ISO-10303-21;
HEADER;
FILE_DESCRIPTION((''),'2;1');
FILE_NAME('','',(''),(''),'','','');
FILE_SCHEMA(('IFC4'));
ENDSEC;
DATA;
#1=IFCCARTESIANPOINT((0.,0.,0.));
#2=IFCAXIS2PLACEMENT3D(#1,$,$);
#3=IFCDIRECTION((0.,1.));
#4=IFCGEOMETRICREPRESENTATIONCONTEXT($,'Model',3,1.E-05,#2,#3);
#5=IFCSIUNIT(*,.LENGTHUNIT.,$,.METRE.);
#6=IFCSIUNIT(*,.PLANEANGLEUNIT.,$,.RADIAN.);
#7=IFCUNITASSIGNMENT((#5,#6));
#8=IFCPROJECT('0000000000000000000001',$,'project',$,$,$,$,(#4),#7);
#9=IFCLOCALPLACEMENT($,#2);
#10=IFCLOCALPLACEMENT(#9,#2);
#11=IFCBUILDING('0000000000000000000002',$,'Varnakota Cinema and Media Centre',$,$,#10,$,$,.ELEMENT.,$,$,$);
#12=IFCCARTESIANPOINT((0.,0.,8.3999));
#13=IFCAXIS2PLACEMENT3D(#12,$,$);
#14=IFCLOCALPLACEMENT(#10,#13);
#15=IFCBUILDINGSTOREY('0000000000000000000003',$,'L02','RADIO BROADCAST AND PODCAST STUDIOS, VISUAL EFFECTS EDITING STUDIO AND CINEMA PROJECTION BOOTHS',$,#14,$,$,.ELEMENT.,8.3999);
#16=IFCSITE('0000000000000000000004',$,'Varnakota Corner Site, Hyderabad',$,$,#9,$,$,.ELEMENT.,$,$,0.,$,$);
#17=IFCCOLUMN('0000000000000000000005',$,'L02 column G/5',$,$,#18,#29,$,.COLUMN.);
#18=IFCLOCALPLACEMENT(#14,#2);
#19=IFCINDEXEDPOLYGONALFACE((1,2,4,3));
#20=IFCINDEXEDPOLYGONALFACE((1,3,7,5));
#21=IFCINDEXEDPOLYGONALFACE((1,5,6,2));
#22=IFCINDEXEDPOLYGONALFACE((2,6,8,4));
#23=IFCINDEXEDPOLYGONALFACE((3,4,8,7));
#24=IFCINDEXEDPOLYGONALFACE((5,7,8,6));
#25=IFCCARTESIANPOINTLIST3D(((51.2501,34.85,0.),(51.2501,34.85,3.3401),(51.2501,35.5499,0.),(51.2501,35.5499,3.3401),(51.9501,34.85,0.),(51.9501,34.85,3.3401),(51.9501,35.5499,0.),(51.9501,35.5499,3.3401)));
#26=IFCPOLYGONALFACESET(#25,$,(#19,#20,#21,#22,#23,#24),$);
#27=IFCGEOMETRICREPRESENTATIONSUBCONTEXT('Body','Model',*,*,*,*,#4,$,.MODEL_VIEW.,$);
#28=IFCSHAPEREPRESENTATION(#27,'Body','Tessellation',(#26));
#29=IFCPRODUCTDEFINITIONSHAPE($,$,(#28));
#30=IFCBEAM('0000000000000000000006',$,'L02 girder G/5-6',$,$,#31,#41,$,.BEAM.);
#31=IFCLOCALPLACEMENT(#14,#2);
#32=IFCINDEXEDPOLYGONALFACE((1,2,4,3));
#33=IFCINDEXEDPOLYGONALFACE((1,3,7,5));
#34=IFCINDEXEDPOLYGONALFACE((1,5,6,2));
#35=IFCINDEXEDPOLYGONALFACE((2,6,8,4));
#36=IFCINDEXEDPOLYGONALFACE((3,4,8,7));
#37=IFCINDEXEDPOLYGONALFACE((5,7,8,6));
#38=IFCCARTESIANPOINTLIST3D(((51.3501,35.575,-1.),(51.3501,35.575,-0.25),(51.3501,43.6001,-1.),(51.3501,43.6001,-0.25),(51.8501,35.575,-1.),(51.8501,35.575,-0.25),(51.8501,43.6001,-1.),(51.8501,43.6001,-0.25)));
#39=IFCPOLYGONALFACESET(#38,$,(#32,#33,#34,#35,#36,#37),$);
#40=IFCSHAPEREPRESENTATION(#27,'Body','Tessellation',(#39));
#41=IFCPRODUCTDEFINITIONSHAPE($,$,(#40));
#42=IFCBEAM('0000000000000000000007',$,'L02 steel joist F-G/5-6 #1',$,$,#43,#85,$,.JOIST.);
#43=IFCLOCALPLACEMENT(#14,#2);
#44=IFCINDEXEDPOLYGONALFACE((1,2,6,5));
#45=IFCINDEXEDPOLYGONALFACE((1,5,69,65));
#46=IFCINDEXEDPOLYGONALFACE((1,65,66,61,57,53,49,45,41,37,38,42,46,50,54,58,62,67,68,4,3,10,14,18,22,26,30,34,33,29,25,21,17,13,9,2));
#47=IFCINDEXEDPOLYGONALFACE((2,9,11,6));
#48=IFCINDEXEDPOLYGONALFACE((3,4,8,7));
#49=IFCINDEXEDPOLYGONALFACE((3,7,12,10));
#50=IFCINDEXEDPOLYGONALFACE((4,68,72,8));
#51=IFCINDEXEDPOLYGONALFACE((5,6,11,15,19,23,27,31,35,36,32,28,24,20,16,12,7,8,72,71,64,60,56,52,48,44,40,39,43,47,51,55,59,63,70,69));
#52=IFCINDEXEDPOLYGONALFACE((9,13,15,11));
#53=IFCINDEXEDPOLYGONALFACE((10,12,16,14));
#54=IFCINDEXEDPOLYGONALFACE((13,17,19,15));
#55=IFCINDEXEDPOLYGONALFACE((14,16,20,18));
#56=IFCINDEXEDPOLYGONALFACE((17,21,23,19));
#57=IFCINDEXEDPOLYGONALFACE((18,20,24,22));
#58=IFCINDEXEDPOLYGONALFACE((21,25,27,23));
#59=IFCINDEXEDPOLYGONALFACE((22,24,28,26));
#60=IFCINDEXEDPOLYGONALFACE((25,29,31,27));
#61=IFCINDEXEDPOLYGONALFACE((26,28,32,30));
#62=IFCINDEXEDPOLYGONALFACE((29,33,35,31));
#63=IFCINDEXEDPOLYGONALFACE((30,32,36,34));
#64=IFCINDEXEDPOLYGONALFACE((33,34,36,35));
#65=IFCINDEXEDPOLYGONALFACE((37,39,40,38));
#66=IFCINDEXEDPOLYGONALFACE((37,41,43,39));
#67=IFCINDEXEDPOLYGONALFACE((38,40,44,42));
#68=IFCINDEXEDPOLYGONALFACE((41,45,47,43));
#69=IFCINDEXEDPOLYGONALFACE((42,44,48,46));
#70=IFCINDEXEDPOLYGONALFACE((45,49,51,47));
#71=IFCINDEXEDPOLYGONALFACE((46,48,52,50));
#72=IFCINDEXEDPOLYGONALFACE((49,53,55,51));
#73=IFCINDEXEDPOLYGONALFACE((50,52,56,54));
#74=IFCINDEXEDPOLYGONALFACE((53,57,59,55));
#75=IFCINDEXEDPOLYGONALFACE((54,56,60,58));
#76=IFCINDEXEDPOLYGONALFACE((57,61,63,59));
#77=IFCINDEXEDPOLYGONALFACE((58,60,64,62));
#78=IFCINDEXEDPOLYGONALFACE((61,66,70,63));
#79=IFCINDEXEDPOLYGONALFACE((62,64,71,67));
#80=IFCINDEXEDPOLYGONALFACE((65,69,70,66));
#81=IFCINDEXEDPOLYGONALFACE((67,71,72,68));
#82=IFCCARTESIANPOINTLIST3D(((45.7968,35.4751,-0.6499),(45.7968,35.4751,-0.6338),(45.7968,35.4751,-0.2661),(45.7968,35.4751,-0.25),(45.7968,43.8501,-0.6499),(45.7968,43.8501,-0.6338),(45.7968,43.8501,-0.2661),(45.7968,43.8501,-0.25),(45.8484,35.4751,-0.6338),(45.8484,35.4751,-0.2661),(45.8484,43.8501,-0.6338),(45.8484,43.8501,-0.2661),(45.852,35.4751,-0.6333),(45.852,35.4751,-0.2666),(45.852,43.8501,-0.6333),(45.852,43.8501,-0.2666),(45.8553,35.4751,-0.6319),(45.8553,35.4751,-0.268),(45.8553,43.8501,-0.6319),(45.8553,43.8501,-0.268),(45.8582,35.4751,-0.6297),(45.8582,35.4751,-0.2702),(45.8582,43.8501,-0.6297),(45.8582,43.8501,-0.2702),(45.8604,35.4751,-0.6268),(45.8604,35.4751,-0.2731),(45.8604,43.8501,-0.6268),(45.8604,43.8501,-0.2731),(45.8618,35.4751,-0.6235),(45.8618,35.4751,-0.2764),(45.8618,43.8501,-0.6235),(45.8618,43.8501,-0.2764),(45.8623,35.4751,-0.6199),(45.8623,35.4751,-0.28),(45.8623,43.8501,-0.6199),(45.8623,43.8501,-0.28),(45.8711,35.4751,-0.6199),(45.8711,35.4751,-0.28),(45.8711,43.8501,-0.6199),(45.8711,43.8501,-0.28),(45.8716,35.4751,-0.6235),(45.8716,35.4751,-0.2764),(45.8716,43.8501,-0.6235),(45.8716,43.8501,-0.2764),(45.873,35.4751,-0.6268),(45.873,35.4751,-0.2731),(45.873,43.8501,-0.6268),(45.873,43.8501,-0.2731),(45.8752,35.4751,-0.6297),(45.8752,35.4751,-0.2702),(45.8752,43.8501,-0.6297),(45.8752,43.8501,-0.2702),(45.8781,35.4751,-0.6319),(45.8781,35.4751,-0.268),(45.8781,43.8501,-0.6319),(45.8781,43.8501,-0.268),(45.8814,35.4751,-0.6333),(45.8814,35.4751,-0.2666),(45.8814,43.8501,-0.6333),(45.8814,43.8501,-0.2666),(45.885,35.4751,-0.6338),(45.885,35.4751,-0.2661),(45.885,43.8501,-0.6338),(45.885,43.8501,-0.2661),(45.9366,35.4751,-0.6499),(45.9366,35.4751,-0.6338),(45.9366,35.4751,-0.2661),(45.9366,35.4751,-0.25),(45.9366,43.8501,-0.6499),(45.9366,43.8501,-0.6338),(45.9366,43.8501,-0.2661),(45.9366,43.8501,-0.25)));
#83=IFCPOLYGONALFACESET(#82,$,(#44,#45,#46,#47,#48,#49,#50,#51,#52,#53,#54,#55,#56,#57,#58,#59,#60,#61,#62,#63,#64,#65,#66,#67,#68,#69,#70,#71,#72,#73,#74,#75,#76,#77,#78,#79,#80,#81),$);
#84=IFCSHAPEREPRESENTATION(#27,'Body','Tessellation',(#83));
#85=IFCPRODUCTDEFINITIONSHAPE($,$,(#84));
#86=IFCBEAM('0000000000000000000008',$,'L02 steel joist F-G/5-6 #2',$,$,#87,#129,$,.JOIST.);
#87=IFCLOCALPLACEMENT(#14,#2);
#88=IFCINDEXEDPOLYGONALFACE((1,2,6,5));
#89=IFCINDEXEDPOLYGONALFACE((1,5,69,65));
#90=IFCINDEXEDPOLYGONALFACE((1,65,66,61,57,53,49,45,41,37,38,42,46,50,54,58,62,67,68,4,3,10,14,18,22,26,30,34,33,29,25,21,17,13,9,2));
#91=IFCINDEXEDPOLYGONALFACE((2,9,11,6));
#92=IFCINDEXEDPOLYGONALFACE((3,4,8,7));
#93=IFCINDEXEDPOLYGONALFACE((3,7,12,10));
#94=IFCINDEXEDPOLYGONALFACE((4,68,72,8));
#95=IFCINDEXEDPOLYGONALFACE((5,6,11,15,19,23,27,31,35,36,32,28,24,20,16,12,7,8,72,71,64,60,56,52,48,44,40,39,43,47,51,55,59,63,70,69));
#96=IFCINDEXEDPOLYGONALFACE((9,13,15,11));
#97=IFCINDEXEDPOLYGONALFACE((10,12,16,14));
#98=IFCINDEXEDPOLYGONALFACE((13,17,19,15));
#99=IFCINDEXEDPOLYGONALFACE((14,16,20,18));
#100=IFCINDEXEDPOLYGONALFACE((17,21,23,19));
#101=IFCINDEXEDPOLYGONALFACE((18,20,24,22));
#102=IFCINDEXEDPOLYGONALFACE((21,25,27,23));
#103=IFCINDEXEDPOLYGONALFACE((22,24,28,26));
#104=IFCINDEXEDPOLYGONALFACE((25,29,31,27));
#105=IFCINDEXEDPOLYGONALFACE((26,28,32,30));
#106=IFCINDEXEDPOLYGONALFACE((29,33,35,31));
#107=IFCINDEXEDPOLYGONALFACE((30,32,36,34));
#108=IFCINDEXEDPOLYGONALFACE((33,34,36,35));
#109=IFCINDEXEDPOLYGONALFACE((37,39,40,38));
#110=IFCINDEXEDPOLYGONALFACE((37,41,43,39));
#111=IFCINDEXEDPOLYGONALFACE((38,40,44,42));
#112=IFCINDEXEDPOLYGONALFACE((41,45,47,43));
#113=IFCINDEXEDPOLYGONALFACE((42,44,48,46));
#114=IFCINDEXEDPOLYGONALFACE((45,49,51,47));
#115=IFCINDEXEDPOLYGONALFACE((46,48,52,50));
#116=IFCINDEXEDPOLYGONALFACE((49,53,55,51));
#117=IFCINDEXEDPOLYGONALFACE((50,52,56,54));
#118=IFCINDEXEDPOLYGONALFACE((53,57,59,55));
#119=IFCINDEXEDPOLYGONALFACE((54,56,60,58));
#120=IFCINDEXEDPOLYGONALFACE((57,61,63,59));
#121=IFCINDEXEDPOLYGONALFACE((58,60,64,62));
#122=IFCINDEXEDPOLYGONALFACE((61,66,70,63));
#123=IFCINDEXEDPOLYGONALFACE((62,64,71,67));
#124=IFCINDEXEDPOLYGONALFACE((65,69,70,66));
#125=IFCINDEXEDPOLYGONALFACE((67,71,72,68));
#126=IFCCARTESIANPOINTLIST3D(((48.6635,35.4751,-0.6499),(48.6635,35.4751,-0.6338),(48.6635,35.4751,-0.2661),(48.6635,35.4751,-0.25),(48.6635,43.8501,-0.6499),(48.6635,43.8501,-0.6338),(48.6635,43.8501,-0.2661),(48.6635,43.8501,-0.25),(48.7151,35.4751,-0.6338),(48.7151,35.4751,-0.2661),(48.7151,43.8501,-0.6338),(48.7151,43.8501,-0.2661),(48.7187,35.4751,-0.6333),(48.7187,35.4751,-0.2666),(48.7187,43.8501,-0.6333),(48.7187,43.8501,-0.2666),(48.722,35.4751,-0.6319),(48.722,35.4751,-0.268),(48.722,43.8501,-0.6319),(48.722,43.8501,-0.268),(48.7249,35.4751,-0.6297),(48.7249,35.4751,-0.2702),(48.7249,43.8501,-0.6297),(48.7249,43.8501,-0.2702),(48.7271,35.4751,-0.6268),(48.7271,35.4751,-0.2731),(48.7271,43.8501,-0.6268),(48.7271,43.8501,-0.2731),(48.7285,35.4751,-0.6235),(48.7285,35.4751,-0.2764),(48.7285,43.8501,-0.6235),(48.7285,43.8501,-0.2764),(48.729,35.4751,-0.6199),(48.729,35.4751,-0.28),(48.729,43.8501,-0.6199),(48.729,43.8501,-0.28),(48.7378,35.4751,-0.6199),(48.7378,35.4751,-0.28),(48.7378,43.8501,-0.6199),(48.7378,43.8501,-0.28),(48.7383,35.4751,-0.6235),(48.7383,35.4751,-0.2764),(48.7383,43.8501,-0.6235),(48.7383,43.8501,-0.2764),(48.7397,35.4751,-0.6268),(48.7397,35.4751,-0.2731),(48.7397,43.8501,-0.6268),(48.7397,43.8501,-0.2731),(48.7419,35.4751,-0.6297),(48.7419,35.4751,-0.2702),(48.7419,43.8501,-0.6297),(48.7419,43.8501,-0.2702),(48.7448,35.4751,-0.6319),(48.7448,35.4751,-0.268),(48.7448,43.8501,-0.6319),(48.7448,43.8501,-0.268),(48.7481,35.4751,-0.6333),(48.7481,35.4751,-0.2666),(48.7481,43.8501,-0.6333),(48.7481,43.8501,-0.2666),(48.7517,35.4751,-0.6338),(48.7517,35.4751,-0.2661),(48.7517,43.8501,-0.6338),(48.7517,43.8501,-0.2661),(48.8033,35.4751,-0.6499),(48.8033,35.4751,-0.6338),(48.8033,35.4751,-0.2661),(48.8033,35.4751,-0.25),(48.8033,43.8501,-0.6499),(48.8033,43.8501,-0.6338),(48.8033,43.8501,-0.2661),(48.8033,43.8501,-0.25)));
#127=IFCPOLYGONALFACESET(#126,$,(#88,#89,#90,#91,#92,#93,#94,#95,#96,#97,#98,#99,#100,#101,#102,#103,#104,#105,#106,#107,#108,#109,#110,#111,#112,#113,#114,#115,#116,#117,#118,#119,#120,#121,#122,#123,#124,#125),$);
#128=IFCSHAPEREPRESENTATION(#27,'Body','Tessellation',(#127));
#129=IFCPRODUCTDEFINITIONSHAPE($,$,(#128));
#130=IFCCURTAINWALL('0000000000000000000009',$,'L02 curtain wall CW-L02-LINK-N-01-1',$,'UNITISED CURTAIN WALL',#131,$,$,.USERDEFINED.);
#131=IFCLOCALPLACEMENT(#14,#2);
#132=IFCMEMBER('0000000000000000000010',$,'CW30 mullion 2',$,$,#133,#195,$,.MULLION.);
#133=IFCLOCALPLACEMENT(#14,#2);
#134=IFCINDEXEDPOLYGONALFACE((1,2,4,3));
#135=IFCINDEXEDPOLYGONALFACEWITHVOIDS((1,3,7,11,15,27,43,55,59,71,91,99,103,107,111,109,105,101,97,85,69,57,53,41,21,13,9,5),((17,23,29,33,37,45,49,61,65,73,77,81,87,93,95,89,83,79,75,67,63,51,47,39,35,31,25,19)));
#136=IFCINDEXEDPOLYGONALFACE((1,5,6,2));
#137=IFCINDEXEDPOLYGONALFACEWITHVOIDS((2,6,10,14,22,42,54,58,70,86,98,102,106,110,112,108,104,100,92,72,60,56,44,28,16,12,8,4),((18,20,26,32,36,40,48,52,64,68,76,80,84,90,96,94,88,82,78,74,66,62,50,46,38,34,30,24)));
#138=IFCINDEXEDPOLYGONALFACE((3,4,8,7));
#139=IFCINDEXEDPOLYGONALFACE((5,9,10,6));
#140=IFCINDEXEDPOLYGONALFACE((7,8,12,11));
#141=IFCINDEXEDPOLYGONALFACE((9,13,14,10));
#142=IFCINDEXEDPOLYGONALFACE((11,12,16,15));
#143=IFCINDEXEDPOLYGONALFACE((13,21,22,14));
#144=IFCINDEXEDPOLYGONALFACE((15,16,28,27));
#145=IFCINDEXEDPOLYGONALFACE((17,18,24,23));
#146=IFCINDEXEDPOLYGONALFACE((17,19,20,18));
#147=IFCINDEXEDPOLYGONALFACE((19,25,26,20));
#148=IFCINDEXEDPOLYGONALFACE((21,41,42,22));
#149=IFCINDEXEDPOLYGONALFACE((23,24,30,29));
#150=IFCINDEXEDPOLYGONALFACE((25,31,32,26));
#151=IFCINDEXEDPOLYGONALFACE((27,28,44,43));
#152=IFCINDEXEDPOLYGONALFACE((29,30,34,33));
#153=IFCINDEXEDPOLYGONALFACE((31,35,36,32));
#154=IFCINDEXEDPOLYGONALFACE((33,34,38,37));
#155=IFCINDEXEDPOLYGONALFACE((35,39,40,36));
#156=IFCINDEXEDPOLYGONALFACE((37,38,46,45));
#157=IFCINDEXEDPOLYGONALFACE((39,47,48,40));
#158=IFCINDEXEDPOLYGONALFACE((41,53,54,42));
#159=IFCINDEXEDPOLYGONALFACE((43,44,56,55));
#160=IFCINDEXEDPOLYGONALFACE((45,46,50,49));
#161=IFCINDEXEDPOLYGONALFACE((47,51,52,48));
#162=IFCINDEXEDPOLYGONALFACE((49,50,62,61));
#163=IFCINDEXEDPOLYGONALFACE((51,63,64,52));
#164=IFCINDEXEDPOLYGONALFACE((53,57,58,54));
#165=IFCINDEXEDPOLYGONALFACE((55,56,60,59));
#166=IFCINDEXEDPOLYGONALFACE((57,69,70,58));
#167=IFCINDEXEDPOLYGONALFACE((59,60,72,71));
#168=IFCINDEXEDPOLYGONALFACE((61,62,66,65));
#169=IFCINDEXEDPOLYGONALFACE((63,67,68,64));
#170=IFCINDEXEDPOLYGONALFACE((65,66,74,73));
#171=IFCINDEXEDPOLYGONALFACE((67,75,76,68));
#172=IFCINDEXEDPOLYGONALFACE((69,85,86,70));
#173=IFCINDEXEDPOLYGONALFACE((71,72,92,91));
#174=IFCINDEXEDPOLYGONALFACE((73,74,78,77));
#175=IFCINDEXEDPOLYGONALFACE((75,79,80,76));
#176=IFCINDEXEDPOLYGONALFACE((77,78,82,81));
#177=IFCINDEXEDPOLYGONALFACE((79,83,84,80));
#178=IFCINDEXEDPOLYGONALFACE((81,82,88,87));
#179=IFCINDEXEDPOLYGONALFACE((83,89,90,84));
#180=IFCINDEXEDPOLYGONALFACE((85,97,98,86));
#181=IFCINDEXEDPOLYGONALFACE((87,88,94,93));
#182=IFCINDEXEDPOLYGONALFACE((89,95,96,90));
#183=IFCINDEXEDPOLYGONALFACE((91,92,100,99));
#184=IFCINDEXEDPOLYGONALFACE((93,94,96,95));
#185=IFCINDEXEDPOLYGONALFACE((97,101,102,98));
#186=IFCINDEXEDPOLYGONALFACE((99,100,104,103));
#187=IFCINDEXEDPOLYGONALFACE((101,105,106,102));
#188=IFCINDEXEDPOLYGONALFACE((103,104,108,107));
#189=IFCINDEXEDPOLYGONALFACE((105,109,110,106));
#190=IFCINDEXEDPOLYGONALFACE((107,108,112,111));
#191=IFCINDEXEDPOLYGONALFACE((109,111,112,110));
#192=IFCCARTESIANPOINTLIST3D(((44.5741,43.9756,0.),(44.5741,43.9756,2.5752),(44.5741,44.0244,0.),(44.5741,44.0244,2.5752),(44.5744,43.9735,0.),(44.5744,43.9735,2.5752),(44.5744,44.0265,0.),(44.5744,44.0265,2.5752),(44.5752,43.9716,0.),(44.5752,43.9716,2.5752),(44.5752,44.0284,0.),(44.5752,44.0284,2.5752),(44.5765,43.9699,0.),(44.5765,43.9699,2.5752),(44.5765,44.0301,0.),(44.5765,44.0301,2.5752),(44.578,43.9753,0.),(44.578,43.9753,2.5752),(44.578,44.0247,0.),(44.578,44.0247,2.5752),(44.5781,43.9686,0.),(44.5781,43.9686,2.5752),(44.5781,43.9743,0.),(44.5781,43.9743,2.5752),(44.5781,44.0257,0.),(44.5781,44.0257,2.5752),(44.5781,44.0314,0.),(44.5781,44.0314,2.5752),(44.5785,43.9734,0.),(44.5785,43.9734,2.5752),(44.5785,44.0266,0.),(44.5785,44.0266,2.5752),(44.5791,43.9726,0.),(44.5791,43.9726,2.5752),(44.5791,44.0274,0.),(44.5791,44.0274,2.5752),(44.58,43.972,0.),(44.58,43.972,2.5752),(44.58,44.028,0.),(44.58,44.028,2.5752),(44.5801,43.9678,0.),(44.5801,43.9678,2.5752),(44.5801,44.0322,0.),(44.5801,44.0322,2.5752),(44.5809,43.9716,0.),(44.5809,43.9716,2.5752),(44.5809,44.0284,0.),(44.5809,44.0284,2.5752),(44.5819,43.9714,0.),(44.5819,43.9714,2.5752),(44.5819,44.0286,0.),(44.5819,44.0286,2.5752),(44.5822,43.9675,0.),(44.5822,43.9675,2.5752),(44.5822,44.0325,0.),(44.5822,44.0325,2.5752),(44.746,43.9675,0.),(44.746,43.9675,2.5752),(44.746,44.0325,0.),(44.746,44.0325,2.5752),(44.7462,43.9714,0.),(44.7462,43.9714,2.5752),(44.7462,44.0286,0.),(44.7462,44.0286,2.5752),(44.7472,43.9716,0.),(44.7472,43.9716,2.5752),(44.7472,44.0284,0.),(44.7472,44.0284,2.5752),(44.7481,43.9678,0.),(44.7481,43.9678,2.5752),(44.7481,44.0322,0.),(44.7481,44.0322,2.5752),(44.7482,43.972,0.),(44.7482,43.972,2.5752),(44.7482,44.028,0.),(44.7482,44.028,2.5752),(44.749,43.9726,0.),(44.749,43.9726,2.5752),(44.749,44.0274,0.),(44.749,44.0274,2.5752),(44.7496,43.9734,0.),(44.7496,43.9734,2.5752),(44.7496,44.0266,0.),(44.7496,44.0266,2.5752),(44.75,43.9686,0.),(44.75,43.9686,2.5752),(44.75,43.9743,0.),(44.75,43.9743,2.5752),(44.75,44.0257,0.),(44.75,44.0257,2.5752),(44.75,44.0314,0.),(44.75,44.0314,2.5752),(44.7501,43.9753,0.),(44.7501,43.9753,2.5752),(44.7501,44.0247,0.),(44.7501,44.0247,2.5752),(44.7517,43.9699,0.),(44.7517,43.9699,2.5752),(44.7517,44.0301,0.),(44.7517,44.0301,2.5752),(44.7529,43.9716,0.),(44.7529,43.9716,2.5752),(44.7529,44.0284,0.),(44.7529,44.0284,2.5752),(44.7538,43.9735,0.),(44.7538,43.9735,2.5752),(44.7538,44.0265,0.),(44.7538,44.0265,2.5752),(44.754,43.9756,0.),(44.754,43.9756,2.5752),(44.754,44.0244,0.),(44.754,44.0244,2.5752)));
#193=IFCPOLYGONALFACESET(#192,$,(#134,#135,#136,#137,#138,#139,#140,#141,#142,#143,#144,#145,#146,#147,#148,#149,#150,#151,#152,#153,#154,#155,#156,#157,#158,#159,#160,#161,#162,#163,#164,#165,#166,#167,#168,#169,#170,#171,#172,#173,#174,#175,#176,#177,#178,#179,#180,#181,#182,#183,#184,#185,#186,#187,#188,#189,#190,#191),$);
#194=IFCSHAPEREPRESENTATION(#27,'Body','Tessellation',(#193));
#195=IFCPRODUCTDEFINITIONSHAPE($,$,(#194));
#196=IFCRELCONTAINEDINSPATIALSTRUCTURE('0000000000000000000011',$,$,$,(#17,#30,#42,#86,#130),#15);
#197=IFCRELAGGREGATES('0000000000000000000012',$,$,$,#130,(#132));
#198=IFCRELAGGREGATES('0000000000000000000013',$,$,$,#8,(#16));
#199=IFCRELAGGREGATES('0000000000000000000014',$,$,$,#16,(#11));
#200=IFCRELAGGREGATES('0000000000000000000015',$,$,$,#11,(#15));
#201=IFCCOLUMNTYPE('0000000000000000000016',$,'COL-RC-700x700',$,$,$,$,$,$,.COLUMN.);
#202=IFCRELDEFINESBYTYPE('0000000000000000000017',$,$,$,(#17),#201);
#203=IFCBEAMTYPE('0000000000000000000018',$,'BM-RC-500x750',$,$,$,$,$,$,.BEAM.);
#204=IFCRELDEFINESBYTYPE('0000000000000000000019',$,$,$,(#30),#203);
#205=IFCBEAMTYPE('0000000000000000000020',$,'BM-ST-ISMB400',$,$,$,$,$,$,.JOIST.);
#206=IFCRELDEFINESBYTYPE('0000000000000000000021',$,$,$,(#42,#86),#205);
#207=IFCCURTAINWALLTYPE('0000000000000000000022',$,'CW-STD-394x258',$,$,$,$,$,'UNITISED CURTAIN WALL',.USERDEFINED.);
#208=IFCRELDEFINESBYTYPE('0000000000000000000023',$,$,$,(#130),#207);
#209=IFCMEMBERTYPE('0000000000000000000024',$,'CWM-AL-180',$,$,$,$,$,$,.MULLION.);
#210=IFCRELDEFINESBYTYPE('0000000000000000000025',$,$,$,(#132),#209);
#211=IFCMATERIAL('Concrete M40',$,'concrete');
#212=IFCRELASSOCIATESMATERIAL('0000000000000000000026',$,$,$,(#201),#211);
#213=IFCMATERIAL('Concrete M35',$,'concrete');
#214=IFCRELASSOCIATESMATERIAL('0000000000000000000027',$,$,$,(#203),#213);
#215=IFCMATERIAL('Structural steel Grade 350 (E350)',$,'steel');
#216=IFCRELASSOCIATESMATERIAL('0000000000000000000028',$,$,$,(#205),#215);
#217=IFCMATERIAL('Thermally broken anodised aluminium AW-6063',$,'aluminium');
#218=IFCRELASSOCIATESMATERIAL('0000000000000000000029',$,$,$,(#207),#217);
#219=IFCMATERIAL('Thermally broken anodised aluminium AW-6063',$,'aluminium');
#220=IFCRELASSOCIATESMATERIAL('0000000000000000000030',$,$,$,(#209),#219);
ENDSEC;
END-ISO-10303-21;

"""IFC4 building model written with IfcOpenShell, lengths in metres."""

from ifc_helpers import new_model, si_unit, direction, frame, origin, origin_2d, place, context, subcontext, project, spatial, rectangle, hollow_rectangle, i_section, extrude, material, material_profile, profile_set, type_object, element, aggregate, save


model = new_model("IFC4")

# Units and contexts
model_context = context("Model", 3, precision=1e-05, world=origin(), true_north=direction((0.0, 1.0)))
body_context = subcontext(model_context, "Body", "Model", "MODEL_VIEW")
ifc_project = project(units=[si_unit("LENGTHUNIT", "METRE"), si_unit("PLANEANGLEUNIT", "RADIAN")], contexts=[model_context])

# Site, building, storey
site_placement = place(None, origin())
site = spatial("IfcSite", under=ifc_project, at=site_placement, Name="Varnakota Corner Site, Hyderabad", CompositionType="ELEMENT", RefElevation=0.0)
building_placement = place(site_placement, origin())
building = spatial("IfcBuilding", under=site, at=building_placement, Name="Varnakota Cinema and Media Centre", CompositionType="ELEMENT")
storey_placement = place(building_placement, frame((0.0, 0.0, 8.3999)))
storey = spatial("IfcBuildingStorey", under=building, at=storey_placement, Name="L02", Description="RADIO BROADCAST AND PODCAST STUDIOS, VISUAL EFFECTS EDITING STUDIO AND CINEMA PROJECTION BOOTHS", CompositionType="ELEMENT", Elevation=8.3999)

# Column
ifc_material_1 = material(Name="Concrete M40", Category="concrete")
ifc_material_profile_1 = material_profile(ifc_material_1, rectangle(XDim=0.7, YDim=0.7, at=origin_2d()), Name="RC 700x700")
ifc_profile_set_1 = profile_set([ifc_material_profile_1], Name="Concrete M40")
column_type = type_object("IfcColumnType", Name="COL-RC-700x700", PredefinedType="COLUMN", material=ifc_profile_set_1)
column_placement = place(storey_placement, frame((51.6001, 35.2, 0.0), z_axis=(0.0, 0.0, 1.0), x_axis=(1.0, 0.0, 0.0)))
element("IfcColumn", 1, at=column_placement, inside=storey, type_object=column_type, Name="L02 column G/5", PredefinedType="COLUMN", context=body_context, shape_type="SweptSolid", body=[
    extrude(rectangle(XDim=0.7, YDim=0.7, at=origin_2d()), origin(), (0.0, 0.0, 1.0), 3.3401),
])

# Beams
ifc_material_2 = material(Name="Concrete M35", Category="concrete")
ifc_material_profile_2 = material_profile(ifc_material_2, rectangle(XDim=0.5, YDim=0.75, at=origin_2d()), Name="RCB 500x750")
ifc_profile_set_2 = profile_set([ifc_material_profile_2], Name="Concrete M35")
beam_type_1 = type_object("IfcBeamType", Name="BM-RC-500x750", PredefinedType="BEAM", material=ifc_profile_set_2)
beam_placement = place(storey_placement, frame((51.6001, 35.575, -0.625), z_axis=(0.0, 1.0, 0.0), x_axis=(-1.0, 0.0, 0.0)))
element("IfcBeam", 2, at=beam_placement, inside=storey, type_object=beam_type_1, Name="L02 girder G/5-6", PredefinedType="BEAM", context=body_context, shape_type="SweptSolid", body=[
    extrude(rectangle(XDim=0.5, YDim=0.75, at=origin_2d()), origin(), (0.0, 0.0, 1.0), 8.0251),
])
ifc_material_3 = material(Name="Structural steel Grade 350 (E350)", Category="steel")
ifc_material_profile_3 = material_profile(ifc_material_3, i_section(OverallWidth=0.1399, OverallDepth=0.3999, WebThickness=0.0088, FlangeThickness=0.0161, FilletRadius=0.0139, at=origin_2d()), Name="ISMB 400")
ifc_profile_set_3 = profile_set([ifc_material_profile_3], Name="Structural steel Grade 350 (E350)")
beam_type_2 = type_object("IfcBeamType", Name="BM-ST-ISMB400", PredefinedType="JOIST", material=ifc_profile_set_3)
for number, where, z_axis, x_axis, name in (
    (3, (45.8667, 35.4751, -0.45), (0.0, 1.0, 0.0), (-1.0, 0.0, 0.0), "L02 steel joist F-G/5-6 #1"),
    (4, (48.7334, 35.4751, -0.45), (0.0, 1.0, 0.0), (-1.0, 0.0, 0.0), "L02 steel joist F-G/5-6 #2"),
):
    element("IfcBeam", number, at=place(storey_placement, frame(where, z_axis=z_axis, x_axis=x_axis)), inside=storey, type_object=beam_type_2, Name=name, PredefinedType="JOIST", context=body_context, shape_type="SweptSolid", body=[
        extrude(i_section(OverallWidth=0.1399, OverallDepth=0.3999, WebThickness=0.0088, FlangeThickness=0.0161, FilletRadius=0.0139, at=origin_2d()), origin(), (0.0, 0.0, 1.0), 8.375),
    ])

# Curtain wall, member
ifc_material_4 = material(Name="Thermally broken anodised aluminium AW-6063", Category="aluminium")
curtain_wall_type_1 = type_object("IfcCurtainWallType", Name="CW-STD-394x258", ElementType="UNITISED CURTAIN WALL", PredefinedType="USERDEFINED", material=ifc_material_4)
curtain_wall_1_placement = place(storey_placement, origin())
curtain_wall_1 = element("IfcCurtainWall", 5, at=curtain_wall_1_placement, inside=storey, type_object=curtain_wall_type_1, Name="L02 curtain wall CW-L02-LINK-N-01-1", ObjectType="UNITISED CURTAIN WALL", PredefinedType="USERDEFINED")
ifc_material_5 = material(Name="Thermally broken anodised aluminium AW-6063", Category="aluminium")
ifc_material_profile_4 = material_profile(ifc_material_5, hollow_rectangle(XDim=0.0649, YDim=0.1799, WallThickness=0.0039, InnerFilletRadius=0.0039, OuterFilletRadius=0.0081, at=origin_2d()), Name="AL-MULLION 180x65x4")
ifc_profile_set_4 = profile_set([ifc_material_profile_4], Name="Thermally broken anodised aluminium AW-6063")
member_type_1 = type_object("IfcMemberType", Name="CWM-AL-180", PredefinedType="MULLION", material=ifc_profile_set_4)
member_1_placement = place(storey_placement, frame((44.6641, 44.0, 0.0), z_axis=(0.0, 0.0, 1.0), x_axis=(0.0, 1.0, 0.0)))
member_1 = element("IfcMember", 6, at=member_1_placement, type_object=member_type_1, Name="CW30 mullion 2", PredefinedType="MULLION", context=body_context, shape_type="SweptSolid", body=[
    extrude(hollow_rectangle(XDim=0.0649, YDim=0.1799, WallThickness=0.0039, InnerFilletRadius=0.0039, OuterFilletRadius=0.0081, at=origin_2d()), origin(), (0.0, 0.0, 1.0), 2.5752),
])

aggregate(curtain_wall_1, [member_1])

save(model, "model.ifc")
